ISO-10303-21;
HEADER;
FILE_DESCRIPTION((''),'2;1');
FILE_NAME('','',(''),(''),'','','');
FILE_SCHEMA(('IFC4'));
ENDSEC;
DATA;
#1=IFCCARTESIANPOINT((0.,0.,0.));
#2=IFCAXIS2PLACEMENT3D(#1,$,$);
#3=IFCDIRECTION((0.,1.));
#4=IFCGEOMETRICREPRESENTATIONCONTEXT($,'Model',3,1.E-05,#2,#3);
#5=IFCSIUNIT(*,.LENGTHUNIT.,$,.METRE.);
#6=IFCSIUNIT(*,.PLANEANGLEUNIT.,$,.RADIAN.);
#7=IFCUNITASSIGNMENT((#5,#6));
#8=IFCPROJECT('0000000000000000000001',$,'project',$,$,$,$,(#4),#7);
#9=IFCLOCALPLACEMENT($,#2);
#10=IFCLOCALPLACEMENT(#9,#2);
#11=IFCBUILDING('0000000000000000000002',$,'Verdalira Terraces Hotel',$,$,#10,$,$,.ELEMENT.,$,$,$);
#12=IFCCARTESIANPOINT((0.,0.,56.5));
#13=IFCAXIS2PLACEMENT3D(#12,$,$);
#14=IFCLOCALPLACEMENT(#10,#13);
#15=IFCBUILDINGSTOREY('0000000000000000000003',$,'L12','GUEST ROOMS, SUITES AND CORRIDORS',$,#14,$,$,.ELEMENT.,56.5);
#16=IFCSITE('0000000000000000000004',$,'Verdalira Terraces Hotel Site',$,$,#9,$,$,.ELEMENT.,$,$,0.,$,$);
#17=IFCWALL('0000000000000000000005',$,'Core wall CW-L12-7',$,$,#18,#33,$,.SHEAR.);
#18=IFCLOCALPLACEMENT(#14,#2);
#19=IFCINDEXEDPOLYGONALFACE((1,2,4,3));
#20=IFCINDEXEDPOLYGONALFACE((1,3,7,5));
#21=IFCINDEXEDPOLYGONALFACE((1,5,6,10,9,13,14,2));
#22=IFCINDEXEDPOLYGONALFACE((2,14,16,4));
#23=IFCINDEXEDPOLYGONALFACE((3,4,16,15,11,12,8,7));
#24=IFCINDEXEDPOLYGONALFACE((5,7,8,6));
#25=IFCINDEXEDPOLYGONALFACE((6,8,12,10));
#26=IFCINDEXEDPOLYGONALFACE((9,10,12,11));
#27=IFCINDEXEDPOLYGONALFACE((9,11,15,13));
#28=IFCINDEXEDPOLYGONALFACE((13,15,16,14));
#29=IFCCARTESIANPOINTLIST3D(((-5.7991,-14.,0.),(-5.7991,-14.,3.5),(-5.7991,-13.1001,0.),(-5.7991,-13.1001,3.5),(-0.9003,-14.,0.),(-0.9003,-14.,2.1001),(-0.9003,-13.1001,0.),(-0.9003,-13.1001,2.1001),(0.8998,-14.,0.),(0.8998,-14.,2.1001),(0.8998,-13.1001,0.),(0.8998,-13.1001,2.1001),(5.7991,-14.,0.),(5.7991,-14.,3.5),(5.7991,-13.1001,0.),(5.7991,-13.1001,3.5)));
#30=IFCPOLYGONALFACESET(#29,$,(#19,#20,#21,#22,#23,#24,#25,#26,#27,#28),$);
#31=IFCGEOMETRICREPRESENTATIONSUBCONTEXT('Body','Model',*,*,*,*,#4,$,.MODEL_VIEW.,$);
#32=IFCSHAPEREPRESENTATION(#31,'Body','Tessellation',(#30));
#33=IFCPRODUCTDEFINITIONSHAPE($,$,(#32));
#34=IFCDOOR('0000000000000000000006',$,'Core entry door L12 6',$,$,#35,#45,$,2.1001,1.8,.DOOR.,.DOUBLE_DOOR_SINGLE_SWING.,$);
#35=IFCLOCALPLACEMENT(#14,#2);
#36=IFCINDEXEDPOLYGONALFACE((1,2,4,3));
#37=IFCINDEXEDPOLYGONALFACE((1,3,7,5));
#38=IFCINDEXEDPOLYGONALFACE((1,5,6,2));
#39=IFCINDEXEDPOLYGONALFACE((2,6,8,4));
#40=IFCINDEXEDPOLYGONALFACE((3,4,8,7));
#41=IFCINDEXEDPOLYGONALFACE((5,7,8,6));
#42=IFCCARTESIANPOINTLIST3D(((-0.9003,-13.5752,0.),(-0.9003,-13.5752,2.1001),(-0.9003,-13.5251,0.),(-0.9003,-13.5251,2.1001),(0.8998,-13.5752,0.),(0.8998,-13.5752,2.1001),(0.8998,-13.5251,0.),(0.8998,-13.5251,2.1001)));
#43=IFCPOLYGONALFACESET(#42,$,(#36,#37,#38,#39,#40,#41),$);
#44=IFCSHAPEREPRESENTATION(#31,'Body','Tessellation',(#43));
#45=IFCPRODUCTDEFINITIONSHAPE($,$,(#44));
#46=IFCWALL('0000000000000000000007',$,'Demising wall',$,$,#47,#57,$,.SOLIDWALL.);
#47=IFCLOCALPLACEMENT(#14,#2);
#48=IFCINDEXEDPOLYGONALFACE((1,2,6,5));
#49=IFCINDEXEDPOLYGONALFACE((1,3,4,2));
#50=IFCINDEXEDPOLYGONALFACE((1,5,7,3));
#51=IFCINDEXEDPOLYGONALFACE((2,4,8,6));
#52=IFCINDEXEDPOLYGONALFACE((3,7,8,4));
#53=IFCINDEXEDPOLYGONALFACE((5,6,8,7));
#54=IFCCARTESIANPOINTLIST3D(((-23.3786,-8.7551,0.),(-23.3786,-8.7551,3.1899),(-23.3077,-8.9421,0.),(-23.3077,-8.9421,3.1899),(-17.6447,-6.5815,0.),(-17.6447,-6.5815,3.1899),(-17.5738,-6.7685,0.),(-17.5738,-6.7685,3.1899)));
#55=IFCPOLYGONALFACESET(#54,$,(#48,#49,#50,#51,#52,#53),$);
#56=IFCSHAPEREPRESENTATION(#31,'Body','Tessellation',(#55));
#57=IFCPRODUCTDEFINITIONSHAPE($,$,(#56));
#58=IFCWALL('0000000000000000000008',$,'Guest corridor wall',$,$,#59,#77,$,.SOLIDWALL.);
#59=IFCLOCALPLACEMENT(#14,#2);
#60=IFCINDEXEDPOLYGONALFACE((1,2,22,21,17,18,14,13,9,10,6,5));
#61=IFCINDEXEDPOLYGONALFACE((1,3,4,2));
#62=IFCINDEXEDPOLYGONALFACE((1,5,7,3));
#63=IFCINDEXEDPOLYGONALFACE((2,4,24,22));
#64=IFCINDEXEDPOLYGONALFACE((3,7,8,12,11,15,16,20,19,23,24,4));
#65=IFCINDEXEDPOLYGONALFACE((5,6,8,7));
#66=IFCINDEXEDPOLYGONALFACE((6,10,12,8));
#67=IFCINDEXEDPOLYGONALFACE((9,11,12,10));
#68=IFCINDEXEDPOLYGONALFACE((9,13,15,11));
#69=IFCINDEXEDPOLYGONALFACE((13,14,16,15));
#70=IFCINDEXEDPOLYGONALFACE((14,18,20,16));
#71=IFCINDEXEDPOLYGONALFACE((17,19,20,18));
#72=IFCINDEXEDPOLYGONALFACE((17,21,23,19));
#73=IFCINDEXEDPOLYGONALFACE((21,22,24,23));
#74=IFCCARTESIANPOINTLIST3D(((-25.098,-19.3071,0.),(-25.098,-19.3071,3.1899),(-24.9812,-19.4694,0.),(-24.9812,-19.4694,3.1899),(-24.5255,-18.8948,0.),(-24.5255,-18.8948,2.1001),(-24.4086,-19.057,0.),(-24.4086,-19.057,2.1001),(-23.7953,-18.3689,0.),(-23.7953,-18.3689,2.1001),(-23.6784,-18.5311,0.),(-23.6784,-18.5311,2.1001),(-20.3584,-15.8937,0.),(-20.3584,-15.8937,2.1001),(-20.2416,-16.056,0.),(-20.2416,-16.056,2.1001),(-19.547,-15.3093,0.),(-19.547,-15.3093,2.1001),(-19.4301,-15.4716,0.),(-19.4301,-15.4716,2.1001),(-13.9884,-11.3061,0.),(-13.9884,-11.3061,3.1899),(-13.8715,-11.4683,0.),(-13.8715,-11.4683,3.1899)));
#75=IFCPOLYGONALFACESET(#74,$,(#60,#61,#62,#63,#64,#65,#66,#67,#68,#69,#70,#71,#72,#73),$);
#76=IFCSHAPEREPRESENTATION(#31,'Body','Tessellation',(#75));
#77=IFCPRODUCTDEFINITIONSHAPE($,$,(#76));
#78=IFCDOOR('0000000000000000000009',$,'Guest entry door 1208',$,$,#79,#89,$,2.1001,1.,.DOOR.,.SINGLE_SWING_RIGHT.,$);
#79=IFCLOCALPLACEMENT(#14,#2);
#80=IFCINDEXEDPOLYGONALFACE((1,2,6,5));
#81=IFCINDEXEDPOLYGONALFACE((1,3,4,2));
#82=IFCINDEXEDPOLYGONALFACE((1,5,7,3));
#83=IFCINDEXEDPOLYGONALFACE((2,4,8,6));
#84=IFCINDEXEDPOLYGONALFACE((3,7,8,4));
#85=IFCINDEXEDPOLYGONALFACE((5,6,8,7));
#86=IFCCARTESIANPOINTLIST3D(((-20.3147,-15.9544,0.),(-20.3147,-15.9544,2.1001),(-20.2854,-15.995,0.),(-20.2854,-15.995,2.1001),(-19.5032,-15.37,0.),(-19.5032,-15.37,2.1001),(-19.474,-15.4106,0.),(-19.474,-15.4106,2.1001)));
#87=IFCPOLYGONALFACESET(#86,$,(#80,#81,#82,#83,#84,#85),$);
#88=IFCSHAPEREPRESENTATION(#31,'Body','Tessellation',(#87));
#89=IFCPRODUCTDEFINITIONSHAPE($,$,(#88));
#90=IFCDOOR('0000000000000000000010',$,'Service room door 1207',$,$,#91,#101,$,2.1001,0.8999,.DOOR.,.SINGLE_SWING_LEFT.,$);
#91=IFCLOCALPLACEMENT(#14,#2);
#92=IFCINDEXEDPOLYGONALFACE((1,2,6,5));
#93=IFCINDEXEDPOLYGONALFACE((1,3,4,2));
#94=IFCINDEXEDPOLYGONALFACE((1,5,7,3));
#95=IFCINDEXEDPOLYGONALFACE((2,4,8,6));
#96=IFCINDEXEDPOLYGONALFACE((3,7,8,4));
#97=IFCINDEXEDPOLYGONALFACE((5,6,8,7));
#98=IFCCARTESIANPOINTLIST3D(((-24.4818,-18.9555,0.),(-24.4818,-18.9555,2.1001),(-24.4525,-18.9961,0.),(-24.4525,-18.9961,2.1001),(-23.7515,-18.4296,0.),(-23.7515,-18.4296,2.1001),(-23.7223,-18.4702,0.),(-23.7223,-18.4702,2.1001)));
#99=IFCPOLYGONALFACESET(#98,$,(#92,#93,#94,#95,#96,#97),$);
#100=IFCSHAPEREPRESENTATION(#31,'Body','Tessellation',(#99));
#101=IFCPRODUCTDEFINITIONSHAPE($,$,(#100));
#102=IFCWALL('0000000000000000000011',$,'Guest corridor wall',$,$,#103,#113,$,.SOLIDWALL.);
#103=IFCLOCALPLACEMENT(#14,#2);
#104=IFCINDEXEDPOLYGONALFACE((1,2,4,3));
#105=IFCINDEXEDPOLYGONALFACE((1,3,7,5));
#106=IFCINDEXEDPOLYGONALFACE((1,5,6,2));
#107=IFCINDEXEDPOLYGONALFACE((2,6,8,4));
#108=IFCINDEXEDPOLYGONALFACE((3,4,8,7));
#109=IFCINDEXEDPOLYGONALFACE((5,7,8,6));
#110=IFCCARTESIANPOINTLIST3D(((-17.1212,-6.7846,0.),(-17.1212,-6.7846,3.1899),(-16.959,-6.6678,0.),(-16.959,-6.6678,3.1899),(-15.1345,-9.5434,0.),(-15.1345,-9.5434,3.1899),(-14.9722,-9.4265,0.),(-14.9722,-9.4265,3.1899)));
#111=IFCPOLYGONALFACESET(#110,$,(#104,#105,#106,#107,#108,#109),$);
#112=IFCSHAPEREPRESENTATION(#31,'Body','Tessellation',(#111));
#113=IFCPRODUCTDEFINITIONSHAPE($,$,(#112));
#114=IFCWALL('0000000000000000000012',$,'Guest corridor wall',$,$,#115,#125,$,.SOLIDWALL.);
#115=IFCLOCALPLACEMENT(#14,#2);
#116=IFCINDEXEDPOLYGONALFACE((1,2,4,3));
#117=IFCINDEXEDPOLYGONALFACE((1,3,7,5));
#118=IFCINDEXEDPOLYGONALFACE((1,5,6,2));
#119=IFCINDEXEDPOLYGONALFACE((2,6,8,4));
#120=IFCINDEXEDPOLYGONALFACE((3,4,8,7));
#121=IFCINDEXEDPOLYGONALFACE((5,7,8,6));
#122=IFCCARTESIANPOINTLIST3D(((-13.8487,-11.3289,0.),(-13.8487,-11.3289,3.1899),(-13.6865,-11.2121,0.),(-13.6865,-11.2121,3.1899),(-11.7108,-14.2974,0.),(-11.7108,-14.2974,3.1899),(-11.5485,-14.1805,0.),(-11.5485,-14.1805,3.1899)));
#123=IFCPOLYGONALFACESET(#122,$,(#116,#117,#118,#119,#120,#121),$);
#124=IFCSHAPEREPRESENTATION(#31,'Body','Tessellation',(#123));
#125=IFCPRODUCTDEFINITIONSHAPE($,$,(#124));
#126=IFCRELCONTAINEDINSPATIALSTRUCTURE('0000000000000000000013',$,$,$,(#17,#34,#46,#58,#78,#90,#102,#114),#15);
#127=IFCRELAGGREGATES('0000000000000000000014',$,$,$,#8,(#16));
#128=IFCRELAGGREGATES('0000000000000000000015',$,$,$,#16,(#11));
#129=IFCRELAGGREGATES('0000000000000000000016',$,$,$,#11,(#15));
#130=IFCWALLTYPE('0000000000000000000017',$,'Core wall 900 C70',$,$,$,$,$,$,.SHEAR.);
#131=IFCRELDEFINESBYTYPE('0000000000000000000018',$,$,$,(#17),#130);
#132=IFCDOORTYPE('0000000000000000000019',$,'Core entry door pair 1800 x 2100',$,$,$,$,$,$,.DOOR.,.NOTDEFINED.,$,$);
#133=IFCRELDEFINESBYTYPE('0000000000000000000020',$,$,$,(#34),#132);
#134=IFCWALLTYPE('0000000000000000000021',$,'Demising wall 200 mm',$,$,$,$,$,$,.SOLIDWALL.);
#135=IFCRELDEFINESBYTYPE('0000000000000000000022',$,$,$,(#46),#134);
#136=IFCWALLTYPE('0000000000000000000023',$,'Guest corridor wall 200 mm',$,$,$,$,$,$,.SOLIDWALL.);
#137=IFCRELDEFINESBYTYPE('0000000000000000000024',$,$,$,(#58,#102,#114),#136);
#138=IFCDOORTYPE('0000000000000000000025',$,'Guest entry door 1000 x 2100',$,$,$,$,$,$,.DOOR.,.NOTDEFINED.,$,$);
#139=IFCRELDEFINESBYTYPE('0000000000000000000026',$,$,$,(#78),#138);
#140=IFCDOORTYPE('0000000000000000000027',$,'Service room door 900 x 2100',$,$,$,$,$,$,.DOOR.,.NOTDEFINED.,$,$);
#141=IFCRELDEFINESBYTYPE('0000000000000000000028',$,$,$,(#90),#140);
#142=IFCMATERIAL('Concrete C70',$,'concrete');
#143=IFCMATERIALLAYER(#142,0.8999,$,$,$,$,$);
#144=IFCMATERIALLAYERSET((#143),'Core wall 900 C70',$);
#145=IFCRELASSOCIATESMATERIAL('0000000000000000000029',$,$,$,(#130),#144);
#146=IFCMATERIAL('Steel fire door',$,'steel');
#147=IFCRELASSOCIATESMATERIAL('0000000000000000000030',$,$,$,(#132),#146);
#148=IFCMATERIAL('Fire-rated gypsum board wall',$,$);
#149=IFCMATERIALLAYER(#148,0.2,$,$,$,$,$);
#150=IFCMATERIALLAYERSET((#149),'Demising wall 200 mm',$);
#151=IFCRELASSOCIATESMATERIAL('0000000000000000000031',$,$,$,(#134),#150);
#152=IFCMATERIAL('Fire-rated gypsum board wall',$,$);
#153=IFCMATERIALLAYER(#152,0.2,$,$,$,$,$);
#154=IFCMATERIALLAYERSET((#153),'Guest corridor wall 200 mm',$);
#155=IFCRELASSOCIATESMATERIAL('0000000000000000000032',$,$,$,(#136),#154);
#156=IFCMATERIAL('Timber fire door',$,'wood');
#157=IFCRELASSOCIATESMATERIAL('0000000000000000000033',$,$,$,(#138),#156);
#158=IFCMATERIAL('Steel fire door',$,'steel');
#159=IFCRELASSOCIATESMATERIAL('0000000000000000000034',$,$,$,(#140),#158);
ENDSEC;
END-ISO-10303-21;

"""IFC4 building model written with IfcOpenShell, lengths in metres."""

from ifc_helpers import new_model, si_unit, direction, frame, frame_2d, origin, place, context, subcontext, project, spatial, rectangle, extrude, material, layer, layer_set, type_object, element, fill, save


model = new_model("IFC4")

# Units and contexts
model_context = context("Model", 3, precision=1e-05, world=origin(), true_north=direction((0.0, 1.0)))
body_context = subcontext(model_context, "Body", "Model", "MODEL_VIEW")
ifc_project = project(units=[si_unit("LENGTHUNIT", "METRE"), si_unit("PLANEANGLEUNIT", "RADIAN")], contexts=[model_context])

# Site, building, storey
site_placement = place(None, origin())
site = spatial("IfcSite", under=ifc_project, at=site_placement, Name="Verdalira Terraces Hotel Site", CompositionType="ELEMENT", RefElevation=0.0)
building_placement = place(site_placement, origin())
building = spatial("IfcBuilding", under=site, at=building_placement, Name="Verdalira Terraces Hotel", CompositionType="ELEMENT")
storey_placement = place(building_placement, frame((0.0, 0.0, 56.5)))
storey = spatial("IfcBuildingStorey", under=building, at=storey_placement, Name="L12", Description="GUEST ROOMS, SUITES AND CORRIDORS", CompositionType="ELEMENT", Elevation=56.5)

# Wall, opening, door
ifc_material_1 = material(Name="Concrete C70", Category="concrete")
ifc_layer_1 = layer(ifc_material_1, 0.8999)
ifc_layer_set_1 = layer_set([ifc_layer_1], Name="Core wall 900 C70")
wall_type_1 = type_object("IfcWallType", Name="Core wall 900 C70", PredefinedType="SHEAR", material=ifc_layer_set_1)
wall_1_placement = place(storey_placement, frame((-5.7991, -13.55, 0.0), z_axis=(0.0, 0.0, 1.0), x_axis=(1.0, 0.0, 0.0)))
wall_1 = element("IfcWall", 1, at=wall_1_placement, inside=storey, type_object=wall_type_1, Name="Core wall CW-L12-7", PredefinedType="SHEAR", context=body_context, shape_type="SweptSolid", body=[
    extrude(rectangle(XDim=11.5981, YDim=0.8999, at=frame_2d((5.7991, 0.0))), origin(), (0.0, 0.0, 1.0), 3.5),
])
opening_1_placement = place(wall_1_placement, frame((4.8989, 0.0, 0.0)))
opening_1 = element("IfcOpeningElement", 2, at=opening_1_placement, cuts=wall_1, PredefinedType="OPENING", context=body_context, shape_type="SweptSolid", body=[
    extrude(rectangle(XDim=1.8, YDim=2.1001, at=frame_2d((0.8999, 1.05))), frame((0.0, 0.46, 0.0), z_axis=(0.0, -1.0, 0.0), x_axis=(1.0, 0.0, 0.0)), (0.0, 0.0, 1.0), 0.9199),
])
ifc_material_2 = material(Name="Steel fire door", Category="steel")
door_type_1 = type_object("IfcDoorType", Name="Core entry door pair 1800 x 2100", OperationType="NOTDEFINED", PredefinedType="DOOR", material=ifc_material_2)
door_1_placement = place(opening_1_placement, origin())
door_1 = element("IfcDoor", 3, at=door_1_placement, inside=storey, type_object=door_type_1, Name="Core entry door L12 6", OperationType="DOUBLE_DOOR_SINGLE_SWING", OverallHeight=2.1001, OverallWidth=1.8, PredefinedType="DOOR", context=body_context, shape_type="SweptSolid", body=[
    extrude(rectangle(XDim=1.8, YDim=2.1001, at=frame_2d((0.8999, 1.05))), frame((0.0, 0.0249, 0.0), z_axis=(0.0, -1.0, 0.0), x_axis=(1.0, 0.0, 0.0)), (0.0, 0.0, 1.0), 0.05),
])
fill(opening_1, door_1)

# Wall
ifc_material_3 = material(Name="Fire-rated gypsum board wall")
ifc_layer_2 = layer(ifc_material_3, 0.2)
ifc_layer_set_2 = layer_set([ifc_layer_2], Name="Demising wall 200 mm")
wall_type_2 = type_object("IfcWallType", Name="Demising wall 200 mm", PredefinedType="SOLIDWALL", material=ifc_layer_set_2)
wall_2_placement = place(storey_placement, frame((-17.6094, -6.675, 0.0), z_axis=(0.0, 0.0, 1.0), x_axis=(-0.93507, -0.354463, 0.0)))
element("IfcWall", 4, at=wall_2_placement, inside=storey, type_object=wall_type_2, Name="Demising wall", PredefinedType="SOLIDWALL", context=body_context, shape_type="SweptSolid", body=[
    extrude(rectangle(XDim=6.1321, YDim=0.2, at=frame_2d((3.0659, 0.0))), origin(), (0.0, 0.0, 1.0), 3.1899),
])

# Wall, openings, doors
ifc_material_4 = material(Name="Fire-rated gypsum board wall")
ifc_layer_3 = layer(ifc_material_4, 0.2)
ifc_layer_set_3 = layer_set([ifc_layer_3], Name="Guest corridor wall 200 mm")
wall_type_3 = type_object("IfcWallType", Name="Guest corridor wall 200 mm", PredefinedType="SOLIDWALL", material=ifc_layer_set_3)
wall_3_placement = place(storey_placement, frame((-13.9299, -11.3872, 0.0), z_axis=(0.0, 0.0, 1.0), x_axis=(-0.811463, -0.584403, 0.0)))
wall_3 = element("IfcWall", 5, at=wall_3_placement, inside=storey, type_object=wall_type_3, Name="Guest corridor wall", PredefinedType="SOLIDWALL", context=body_context, shape_type="SweptSolid", body=[
    extrude(rectangle(XDim=13.6909, YDim=0.2, at=frame_2d((6.8455, 0.0))), origin(), (0.0, 0.0, 1.0), 3.1899),
])
opening_2_placement = place(wall_3_placement, frame((12.0854, 0.0, 0.0)))
opening_2 = element("IfcOpeningElement", 6, at=opening_2_placement, cuts=wall_3, PredefinedType="OPENING", context=body_context, shape_type="SweptSolid", body=[
    extrude(rectangle(XDim=0.8999, YDim=2.1001, at=frame_2d((0.45, 1.05))), frame((0.0, 0.1099, 0.0), z_axis=(0.0, -1.0, 0.0), x_axis=(1.0, 0.0, 0.0)), (0.0, 0.0, 1.0), 0.22),
])
opening_3_placement = place(wall_3_placement, frame((6.8501, 0.0, 0.0)))
opening_3 = element("IfcOpeningElement", 7, at=opening_3_placement, cuts=wall_3, PredefinedType="OPENING", context=body_context, shape_type="SweptSolid", body=[
    extrude(rectangle(XDim=1.0, YDim=2.1001, at=frame_2d((0.5, 1.05))), frame((0.0, 0.1099, 0.0), z_axis=(0.0, -1.0, 0.0), x_axis=(1.0, 0.0, 0.0)), (0.0, 0.0, 1.0), 0.22),
])
ifc_material_5 = material(Name="Timber fire door", Category="wood")
door_type_2 = type_object("IfcDoorType", Name="Guest entry door 1000 x 2100", OperationType="NOTDEFINED", PredefinedType="DOOR", material=ifc_material_5)
door_2_placement = place(opening_3_placement, origin())
door_2 = element("IfcDoor", 8, at=door_2_placement, inside=storey, type_object=door_type_2, Name="Guest entry door 1208", OperationType="SINGLE_SWING_RIGHT", OverallHeight=2.1001, OverallWidth=1.0, PredefinedType="DOOR", context=body_context, shape_type="SweptSolid", body=[
    extrude(rectangle(XDim=1.0, YDim=2.1001, at=frame_2d((0.5, 1.05))), frame((0.0, 0.0249, 0.0), z_axis=(0.0, -1.0, 0.0), x_axis=(1.0, 0.0, 0.0)), (0.0, 0.0, 1.0), 0.05),
])
fill(opening_3, door_2)
ifc_material_6 = material(Name="Steel fire door", Category="steel")
door_type_3 = type_object("IfcDoorType", Name="Service room door 900 x 2100", OperationType="NOTDEFINED", PredefinedType="DOOR", material=ifc_material_6)
door_3_placement = place(opening_2_placement, origin())
door_3 = element("IfcDoor", 9, at=door_3_placement, inside=storey, type_object=door_type_3, Name="Service room door 1207", OperationType="SINGLE_SWING_LEFT", OverallHeight=2.1001, OverallWidth=0.8999, PredefinedType="DOOR", context=body_context, shape_type="SweptSolid", body=[
    extrude(rectangle(XDim=0.8999, YDim=2.1001, at=frame_2d((0.45, 1.05))), frame((0.0, 0.0249, 0.0), z_axis=(0.0, -1.0, 0.0), x_axis=(1.0, 0.0, 0.0)), (0.0, 0.0, 1.0), 0.05),
])
fill(opening_2, door_3)

# Walls
wall_4_placement = place(storey_placement, frame((-17.04, -6.7263, 0.0), z_axis=(0.0, 0.0, 1.0), x_axis=(0.584399, -0.811466, 0.0)))
element("IfcWall", 10, at=wall_4_placement, inside=storey, type_object=wall_type_3, Name="Guest corridor wall", PredefinedType="SOLIDWALL", context=body_context, shape_type="SweptSolid", body=[
    extrude(rectangle(XDim=3.3997, YDim=0.2, at=frame_2d((1.6997, 0.0))), origin(), (0.0, 0.0, 1.0), 3.1899),
])
wall_5_placement = place(storey_placement, frame((-13.7676, -11.2705, 0.0), z_axis=(0.0, 0.0, 1.0), x_axis=(0.584415, -0.811455, 0.0)))
element("IfcWall", 11, at=wall_5_placement, inside=storey, type_object=wall_type_3, Name="Guest corridor wall", PredefinedType="SOLIDWALL", context=body_context, shape_type="SweptSolid", body=[
    extrude(rectangle(XDim=3.6582, YDim=0.2, at=frame_2d((1.8291, 0.0))), origin(), (0.0, 0.0, 1.0), 3.1899),
])

save(model, "model.ifc")
